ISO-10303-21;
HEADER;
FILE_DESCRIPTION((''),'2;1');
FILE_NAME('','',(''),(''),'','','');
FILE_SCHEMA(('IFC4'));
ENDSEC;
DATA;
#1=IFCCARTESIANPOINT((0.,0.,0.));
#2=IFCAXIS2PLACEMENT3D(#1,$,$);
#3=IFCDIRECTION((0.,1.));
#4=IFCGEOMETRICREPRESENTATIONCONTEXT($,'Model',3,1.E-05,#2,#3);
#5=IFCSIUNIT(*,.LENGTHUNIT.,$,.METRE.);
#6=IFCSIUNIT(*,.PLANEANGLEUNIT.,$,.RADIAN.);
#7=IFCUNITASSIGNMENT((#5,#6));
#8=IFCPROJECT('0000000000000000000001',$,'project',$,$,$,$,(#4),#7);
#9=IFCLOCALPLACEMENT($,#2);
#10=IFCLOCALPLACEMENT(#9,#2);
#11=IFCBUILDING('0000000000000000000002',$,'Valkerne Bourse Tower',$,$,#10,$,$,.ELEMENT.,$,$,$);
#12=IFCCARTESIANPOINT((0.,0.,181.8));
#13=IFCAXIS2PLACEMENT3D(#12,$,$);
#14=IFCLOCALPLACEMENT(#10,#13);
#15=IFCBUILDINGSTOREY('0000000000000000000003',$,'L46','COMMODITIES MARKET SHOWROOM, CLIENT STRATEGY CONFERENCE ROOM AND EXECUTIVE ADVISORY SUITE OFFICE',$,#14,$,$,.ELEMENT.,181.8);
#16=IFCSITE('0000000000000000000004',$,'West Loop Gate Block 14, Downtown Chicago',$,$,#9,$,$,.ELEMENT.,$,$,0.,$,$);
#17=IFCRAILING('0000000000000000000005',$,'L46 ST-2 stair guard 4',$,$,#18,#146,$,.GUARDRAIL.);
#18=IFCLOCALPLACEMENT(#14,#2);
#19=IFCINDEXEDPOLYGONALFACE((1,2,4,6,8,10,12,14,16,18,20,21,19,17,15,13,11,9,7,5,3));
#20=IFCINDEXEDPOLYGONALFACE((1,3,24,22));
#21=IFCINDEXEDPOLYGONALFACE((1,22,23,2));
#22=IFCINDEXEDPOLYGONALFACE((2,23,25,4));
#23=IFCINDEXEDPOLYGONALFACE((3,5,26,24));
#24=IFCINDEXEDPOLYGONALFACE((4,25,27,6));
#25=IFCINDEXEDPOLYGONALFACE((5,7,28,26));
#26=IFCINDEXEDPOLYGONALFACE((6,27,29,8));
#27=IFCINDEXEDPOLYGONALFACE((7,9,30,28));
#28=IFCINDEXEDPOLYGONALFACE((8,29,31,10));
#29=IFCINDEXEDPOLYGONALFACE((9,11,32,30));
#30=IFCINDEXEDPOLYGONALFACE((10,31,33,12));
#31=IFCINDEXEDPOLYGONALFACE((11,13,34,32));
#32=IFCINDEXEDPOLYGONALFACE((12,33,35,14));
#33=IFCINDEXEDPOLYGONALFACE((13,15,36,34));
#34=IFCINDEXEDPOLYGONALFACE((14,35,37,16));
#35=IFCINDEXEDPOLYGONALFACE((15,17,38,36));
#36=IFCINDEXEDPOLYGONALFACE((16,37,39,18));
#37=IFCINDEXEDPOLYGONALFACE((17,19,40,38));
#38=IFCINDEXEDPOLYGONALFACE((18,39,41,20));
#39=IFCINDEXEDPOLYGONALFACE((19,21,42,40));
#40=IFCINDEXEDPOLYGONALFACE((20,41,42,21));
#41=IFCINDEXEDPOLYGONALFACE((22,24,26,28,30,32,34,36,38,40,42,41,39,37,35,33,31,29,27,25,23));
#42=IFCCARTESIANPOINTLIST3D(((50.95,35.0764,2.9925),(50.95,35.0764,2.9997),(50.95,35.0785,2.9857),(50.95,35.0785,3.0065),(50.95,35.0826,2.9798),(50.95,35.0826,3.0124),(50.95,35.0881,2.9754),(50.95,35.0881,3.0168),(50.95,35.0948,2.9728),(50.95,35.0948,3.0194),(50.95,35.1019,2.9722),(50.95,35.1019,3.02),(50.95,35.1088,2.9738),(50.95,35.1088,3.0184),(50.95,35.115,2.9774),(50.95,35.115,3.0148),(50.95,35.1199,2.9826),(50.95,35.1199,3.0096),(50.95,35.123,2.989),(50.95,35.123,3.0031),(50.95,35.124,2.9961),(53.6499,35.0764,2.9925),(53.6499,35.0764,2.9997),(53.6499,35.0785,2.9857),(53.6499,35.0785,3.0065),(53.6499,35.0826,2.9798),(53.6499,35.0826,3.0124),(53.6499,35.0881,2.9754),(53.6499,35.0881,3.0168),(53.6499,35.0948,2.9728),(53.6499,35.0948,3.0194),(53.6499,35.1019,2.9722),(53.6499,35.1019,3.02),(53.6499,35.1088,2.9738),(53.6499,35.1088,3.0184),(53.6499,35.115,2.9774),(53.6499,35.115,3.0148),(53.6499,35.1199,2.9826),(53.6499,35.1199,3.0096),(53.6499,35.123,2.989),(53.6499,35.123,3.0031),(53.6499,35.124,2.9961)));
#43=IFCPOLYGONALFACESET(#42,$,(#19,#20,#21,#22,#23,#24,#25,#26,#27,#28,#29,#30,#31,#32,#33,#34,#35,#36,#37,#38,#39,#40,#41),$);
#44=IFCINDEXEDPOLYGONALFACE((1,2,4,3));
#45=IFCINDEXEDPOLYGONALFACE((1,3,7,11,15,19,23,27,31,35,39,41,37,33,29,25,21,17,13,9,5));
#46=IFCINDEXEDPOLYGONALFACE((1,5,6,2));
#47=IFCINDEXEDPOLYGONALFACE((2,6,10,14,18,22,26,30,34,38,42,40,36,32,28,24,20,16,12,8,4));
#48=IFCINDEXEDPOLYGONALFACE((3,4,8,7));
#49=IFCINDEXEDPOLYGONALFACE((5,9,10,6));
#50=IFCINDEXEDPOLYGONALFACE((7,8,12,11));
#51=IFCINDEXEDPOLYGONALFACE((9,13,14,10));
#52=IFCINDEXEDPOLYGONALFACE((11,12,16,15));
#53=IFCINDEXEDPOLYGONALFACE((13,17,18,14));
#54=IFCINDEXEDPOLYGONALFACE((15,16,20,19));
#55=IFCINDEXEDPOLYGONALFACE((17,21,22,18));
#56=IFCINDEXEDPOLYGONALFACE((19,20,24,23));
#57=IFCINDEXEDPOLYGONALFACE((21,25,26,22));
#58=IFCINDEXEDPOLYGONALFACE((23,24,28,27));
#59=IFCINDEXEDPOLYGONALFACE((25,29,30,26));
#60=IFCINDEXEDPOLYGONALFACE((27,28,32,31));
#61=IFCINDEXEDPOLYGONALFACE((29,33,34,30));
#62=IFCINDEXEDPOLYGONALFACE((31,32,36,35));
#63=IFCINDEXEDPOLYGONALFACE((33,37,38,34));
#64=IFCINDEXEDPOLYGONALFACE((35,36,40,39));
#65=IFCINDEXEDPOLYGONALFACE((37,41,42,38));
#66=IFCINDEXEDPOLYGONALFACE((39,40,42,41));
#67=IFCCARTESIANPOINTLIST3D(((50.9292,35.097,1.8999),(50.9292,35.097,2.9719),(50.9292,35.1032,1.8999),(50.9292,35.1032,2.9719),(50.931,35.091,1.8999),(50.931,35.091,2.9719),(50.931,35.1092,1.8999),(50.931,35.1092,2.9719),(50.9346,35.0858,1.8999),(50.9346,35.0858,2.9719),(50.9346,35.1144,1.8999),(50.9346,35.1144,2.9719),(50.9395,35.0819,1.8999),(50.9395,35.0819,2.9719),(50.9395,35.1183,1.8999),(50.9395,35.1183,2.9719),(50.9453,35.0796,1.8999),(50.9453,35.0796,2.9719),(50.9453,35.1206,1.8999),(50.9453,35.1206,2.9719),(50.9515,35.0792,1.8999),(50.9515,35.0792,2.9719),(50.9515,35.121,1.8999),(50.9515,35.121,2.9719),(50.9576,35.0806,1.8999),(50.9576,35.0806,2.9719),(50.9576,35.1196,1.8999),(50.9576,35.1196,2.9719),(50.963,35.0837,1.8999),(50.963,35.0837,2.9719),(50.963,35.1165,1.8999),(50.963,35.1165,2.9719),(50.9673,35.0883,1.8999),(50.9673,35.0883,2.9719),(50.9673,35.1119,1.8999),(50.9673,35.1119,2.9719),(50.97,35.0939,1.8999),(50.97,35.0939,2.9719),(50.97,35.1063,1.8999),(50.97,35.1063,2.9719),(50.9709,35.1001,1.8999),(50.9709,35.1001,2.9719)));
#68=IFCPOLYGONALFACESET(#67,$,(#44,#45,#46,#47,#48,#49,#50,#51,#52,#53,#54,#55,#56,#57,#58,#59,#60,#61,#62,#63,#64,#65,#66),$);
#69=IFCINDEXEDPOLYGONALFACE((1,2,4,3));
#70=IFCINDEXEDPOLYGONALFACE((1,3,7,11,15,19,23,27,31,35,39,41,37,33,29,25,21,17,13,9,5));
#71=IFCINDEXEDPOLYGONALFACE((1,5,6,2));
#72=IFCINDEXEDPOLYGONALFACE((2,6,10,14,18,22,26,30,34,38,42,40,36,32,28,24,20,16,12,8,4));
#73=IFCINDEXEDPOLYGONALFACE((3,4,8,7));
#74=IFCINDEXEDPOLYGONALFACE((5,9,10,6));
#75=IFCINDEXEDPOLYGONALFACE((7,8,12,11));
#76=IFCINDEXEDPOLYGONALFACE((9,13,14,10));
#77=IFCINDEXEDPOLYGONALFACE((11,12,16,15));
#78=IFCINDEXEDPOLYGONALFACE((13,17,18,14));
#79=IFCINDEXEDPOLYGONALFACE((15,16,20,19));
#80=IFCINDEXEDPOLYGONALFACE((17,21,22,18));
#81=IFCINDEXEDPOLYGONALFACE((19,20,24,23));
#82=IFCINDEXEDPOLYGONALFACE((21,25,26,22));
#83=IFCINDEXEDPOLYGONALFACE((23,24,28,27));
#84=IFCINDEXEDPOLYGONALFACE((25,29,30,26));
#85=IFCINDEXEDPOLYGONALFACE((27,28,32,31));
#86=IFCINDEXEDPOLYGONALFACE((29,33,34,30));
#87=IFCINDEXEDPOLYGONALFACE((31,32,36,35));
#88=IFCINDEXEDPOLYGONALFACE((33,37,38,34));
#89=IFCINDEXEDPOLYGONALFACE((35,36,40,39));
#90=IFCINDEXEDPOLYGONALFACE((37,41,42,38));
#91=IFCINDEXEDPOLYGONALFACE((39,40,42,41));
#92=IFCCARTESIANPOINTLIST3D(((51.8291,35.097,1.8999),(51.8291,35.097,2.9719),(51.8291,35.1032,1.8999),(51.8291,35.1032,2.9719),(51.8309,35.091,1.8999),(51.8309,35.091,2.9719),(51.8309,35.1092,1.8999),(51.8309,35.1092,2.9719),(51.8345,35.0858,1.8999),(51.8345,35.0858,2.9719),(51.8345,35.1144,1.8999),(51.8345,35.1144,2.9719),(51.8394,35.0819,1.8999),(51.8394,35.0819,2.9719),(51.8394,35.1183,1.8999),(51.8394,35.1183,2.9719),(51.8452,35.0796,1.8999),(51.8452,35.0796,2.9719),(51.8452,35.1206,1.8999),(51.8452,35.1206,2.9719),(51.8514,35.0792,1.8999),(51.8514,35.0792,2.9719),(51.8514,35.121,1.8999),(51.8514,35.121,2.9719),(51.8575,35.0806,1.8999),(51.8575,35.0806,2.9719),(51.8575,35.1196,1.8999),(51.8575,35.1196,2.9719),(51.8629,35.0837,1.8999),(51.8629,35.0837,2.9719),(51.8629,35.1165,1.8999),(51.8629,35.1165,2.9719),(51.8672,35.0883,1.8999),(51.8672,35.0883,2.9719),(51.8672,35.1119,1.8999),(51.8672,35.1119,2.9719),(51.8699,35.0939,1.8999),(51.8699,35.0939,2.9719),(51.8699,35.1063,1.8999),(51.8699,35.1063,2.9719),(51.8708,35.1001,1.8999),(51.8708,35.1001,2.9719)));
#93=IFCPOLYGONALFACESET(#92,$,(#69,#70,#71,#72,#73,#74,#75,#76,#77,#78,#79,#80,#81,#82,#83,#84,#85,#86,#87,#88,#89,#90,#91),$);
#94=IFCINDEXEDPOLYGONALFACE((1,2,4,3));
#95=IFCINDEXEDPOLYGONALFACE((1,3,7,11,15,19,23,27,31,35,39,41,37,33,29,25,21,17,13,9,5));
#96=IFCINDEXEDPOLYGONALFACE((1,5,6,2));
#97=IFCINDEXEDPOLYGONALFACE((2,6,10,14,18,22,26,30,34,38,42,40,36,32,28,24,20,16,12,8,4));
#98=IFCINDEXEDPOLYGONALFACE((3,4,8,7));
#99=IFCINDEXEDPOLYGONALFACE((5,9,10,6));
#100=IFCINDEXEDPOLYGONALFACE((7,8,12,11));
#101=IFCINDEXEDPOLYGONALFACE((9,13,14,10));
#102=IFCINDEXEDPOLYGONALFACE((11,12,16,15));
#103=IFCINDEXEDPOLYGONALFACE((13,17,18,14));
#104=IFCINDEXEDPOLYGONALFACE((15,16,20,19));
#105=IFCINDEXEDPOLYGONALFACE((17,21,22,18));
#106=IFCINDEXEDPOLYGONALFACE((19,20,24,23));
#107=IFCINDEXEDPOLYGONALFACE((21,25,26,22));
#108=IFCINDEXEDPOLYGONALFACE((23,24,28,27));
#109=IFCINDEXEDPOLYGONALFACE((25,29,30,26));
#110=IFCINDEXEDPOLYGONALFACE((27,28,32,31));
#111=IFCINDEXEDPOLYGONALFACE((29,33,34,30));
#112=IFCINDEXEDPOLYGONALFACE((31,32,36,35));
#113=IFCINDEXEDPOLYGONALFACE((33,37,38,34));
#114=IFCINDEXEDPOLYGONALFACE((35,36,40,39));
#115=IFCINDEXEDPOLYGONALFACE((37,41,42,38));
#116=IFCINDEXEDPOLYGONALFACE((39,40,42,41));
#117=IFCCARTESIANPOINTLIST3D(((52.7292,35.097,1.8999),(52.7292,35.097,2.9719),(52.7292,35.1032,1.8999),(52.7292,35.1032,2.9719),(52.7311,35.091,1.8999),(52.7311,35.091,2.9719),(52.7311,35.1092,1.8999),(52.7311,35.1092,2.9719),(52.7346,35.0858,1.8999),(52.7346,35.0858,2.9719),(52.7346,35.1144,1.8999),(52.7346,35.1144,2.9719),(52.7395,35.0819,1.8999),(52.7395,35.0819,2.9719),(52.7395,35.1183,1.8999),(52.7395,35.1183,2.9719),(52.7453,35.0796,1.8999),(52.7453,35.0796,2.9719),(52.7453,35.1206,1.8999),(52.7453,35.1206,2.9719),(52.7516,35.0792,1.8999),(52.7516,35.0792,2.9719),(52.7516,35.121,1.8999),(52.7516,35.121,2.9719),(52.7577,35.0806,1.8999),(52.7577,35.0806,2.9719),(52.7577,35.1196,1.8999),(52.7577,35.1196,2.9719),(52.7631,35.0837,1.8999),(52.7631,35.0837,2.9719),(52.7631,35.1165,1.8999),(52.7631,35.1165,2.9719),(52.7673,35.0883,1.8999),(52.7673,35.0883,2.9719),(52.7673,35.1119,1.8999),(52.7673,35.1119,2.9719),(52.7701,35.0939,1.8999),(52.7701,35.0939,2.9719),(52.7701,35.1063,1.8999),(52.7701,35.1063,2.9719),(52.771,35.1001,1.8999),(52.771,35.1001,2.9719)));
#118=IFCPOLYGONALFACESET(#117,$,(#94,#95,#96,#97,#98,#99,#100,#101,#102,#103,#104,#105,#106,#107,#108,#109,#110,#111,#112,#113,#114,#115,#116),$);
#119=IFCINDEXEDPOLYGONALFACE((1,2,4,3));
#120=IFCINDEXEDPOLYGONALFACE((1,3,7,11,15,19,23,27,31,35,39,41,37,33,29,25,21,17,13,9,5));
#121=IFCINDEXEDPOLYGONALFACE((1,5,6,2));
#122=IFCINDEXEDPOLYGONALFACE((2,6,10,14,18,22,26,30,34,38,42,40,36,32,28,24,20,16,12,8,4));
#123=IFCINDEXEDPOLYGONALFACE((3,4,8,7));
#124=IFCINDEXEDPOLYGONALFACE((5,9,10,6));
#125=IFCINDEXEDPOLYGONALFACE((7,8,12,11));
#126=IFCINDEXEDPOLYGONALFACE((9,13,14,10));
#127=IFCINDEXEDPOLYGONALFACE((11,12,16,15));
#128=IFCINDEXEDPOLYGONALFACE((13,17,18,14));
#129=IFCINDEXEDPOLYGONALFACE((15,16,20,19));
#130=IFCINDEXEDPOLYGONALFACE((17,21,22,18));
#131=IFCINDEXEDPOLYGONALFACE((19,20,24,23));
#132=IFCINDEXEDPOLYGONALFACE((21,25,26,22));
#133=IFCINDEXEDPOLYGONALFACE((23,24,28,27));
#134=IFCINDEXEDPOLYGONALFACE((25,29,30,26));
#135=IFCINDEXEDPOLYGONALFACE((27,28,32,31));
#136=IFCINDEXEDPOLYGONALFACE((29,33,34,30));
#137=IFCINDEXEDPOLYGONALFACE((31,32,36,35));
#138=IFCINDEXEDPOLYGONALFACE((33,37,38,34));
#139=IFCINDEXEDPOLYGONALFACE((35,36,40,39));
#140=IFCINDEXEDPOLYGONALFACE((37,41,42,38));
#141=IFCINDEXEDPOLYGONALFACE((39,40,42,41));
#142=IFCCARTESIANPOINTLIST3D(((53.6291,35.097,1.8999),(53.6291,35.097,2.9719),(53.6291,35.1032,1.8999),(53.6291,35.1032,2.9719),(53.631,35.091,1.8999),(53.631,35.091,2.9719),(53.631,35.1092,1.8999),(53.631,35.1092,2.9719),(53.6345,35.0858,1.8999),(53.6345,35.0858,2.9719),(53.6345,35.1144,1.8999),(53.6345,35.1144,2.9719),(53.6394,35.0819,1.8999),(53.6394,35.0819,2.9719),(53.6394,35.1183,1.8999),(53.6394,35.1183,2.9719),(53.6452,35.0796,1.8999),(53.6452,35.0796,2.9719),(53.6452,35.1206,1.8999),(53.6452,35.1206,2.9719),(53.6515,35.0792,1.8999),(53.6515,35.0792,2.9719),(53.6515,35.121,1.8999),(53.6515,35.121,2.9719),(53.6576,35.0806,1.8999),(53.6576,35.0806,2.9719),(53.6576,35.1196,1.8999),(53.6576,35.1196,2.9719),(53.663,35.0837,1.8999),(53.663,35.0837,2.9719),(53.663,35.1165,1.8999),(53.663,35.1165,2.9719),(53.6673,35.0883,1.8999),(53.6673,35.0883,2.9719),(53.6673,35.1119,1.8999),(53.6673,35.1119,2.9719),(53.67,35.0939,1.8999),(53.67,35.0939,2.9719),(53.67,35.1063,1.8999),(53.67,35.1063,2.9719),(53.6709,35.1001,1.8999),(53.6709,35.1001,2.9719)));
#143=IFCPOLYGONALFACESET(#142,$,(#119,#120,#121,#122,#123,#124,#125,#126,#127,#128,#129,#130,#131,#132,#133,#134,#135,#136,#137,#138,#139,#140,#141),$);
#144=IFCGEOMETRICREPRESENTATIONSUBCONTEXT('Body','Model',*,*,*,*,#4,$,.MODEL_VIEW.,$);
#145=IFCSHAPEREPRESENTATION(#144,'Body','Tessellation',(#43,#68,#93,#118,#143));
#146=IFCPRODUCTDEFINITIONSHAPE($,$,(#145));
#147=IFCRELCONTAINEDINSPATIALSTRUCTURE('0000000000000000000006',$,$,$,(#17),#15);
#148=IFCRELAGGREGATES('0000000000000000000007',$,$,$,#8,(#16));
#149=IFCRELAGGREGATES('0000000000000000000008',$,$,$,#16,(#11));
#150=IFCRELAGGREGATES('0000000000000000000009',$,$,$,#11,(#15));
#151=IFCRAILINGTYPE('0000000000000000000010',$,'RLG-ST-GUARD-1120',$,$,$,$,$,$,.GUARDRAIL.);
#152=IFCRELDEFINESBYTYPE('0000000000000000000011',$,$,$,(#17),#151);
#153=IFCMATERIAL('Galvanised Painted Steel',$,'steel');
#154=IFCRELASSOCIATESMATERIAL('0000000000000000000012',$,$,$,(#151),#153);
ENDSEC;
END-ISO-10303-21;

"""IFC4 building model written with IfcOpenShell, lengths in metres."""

from ifc_helpers import new_model, si_unit, direction, frame, origin, origin_2d, place, context, subcontext, project, spatial, circle, extrude, material, type_object, element, save


model = new_model("IFC4")

# Units and contexts
model_context = context("Model", 3, precision=1e-05, world=origin(), true_north=direction((0.0, 1.0)))
body_context = subcontext(model_context, "Body", "Model", "MODEL_VIEW")
ifc_project = project(units=[si_unit("LENGTHUNIT", "METRE"), si_unit("PLANEANGLEUNIT", "RADIAN")], contexts=[model_context])

# Site, building, storey
site_placement = place(None, origin())
site = spatial("IfcSite", under=ifc_project, at=site_placement, Name="West Loop Gate Block 14, Downtown Chicago", CompositionType="ELEMENT", RefElevation=0.0)
building_placement = place(site_placement, origin())
building = spatial("IfcBuilding", under=site, at=building_placement, Name="Valkerne Bourse Tower", CompositionType="ELEMENT")
storey_placement = place(building_placement, frame((0.0, 0.0, 181.8)))
storey = spatial("IfcBuildingStorey", under=building, at=storey_placement, Name="L46", Description="COMMODITIES MARKET SHOWROOM, CLIENT STRATEGY CONFERENCE ROOM AND EXECUTIVE ADVISORY SUITE OFFICE", CompositionType="ELEMENT", Elevation=181.8)

# Shared definitions
ifc_material_1 = material(Name="Galvanised Painted Steel", Category="steel")

# Railing
railing_type_1 = type_object("IfcRailingType", Name="RLG-ST-GUARD-1120", PredefinedType="GUARDRAIL", material=ifc_material_1)
for number, where, name in (
    (1, (50.95, 35.1001, 1.8999), "L46 ST-2 stair guard 4"),
):
    element("IfcRailing", number, at=place(storey_placement, frame(where)), inside=storey, type_object=railing_type_1, Name=name, PredefinedType="GUARDRAIL", context=body_context, shape_type="SweptSolid", body=[
        extrude(circle(Radius=0.0239, at=origin_2d()), frame((0.0, 0.0, 1.0962), z_axis=(1.0, 0.0, 0.0), x_axis=(0.0, 1.0, 0.0)), (0.0, 0.0, 1.0), 2.7),
        extrude(circle(Radius=0.021, at=origin_2d()), origin(), (0.0, 0.0, 1.0), 1.072),
        extrude(circle(Radius=0.021, at=origin_2d()), frame((0.8999, 0.0, 0.0)), (0.0, 0.0, 1.0), 1.072),
        extrude(circle(Radius=0.021, at=origin_2d()), frame((1.8, 0.0, 0.0)), (0.0, 0.0, 1.0), 1.072),
        extrude(circle(Radius=0.021, at=origin_2d()), frame((2.7, 0.0, 0.0)), (0.0, 0.0, 1.0), 1.072),
    ])

save(model, "model.ifc")
